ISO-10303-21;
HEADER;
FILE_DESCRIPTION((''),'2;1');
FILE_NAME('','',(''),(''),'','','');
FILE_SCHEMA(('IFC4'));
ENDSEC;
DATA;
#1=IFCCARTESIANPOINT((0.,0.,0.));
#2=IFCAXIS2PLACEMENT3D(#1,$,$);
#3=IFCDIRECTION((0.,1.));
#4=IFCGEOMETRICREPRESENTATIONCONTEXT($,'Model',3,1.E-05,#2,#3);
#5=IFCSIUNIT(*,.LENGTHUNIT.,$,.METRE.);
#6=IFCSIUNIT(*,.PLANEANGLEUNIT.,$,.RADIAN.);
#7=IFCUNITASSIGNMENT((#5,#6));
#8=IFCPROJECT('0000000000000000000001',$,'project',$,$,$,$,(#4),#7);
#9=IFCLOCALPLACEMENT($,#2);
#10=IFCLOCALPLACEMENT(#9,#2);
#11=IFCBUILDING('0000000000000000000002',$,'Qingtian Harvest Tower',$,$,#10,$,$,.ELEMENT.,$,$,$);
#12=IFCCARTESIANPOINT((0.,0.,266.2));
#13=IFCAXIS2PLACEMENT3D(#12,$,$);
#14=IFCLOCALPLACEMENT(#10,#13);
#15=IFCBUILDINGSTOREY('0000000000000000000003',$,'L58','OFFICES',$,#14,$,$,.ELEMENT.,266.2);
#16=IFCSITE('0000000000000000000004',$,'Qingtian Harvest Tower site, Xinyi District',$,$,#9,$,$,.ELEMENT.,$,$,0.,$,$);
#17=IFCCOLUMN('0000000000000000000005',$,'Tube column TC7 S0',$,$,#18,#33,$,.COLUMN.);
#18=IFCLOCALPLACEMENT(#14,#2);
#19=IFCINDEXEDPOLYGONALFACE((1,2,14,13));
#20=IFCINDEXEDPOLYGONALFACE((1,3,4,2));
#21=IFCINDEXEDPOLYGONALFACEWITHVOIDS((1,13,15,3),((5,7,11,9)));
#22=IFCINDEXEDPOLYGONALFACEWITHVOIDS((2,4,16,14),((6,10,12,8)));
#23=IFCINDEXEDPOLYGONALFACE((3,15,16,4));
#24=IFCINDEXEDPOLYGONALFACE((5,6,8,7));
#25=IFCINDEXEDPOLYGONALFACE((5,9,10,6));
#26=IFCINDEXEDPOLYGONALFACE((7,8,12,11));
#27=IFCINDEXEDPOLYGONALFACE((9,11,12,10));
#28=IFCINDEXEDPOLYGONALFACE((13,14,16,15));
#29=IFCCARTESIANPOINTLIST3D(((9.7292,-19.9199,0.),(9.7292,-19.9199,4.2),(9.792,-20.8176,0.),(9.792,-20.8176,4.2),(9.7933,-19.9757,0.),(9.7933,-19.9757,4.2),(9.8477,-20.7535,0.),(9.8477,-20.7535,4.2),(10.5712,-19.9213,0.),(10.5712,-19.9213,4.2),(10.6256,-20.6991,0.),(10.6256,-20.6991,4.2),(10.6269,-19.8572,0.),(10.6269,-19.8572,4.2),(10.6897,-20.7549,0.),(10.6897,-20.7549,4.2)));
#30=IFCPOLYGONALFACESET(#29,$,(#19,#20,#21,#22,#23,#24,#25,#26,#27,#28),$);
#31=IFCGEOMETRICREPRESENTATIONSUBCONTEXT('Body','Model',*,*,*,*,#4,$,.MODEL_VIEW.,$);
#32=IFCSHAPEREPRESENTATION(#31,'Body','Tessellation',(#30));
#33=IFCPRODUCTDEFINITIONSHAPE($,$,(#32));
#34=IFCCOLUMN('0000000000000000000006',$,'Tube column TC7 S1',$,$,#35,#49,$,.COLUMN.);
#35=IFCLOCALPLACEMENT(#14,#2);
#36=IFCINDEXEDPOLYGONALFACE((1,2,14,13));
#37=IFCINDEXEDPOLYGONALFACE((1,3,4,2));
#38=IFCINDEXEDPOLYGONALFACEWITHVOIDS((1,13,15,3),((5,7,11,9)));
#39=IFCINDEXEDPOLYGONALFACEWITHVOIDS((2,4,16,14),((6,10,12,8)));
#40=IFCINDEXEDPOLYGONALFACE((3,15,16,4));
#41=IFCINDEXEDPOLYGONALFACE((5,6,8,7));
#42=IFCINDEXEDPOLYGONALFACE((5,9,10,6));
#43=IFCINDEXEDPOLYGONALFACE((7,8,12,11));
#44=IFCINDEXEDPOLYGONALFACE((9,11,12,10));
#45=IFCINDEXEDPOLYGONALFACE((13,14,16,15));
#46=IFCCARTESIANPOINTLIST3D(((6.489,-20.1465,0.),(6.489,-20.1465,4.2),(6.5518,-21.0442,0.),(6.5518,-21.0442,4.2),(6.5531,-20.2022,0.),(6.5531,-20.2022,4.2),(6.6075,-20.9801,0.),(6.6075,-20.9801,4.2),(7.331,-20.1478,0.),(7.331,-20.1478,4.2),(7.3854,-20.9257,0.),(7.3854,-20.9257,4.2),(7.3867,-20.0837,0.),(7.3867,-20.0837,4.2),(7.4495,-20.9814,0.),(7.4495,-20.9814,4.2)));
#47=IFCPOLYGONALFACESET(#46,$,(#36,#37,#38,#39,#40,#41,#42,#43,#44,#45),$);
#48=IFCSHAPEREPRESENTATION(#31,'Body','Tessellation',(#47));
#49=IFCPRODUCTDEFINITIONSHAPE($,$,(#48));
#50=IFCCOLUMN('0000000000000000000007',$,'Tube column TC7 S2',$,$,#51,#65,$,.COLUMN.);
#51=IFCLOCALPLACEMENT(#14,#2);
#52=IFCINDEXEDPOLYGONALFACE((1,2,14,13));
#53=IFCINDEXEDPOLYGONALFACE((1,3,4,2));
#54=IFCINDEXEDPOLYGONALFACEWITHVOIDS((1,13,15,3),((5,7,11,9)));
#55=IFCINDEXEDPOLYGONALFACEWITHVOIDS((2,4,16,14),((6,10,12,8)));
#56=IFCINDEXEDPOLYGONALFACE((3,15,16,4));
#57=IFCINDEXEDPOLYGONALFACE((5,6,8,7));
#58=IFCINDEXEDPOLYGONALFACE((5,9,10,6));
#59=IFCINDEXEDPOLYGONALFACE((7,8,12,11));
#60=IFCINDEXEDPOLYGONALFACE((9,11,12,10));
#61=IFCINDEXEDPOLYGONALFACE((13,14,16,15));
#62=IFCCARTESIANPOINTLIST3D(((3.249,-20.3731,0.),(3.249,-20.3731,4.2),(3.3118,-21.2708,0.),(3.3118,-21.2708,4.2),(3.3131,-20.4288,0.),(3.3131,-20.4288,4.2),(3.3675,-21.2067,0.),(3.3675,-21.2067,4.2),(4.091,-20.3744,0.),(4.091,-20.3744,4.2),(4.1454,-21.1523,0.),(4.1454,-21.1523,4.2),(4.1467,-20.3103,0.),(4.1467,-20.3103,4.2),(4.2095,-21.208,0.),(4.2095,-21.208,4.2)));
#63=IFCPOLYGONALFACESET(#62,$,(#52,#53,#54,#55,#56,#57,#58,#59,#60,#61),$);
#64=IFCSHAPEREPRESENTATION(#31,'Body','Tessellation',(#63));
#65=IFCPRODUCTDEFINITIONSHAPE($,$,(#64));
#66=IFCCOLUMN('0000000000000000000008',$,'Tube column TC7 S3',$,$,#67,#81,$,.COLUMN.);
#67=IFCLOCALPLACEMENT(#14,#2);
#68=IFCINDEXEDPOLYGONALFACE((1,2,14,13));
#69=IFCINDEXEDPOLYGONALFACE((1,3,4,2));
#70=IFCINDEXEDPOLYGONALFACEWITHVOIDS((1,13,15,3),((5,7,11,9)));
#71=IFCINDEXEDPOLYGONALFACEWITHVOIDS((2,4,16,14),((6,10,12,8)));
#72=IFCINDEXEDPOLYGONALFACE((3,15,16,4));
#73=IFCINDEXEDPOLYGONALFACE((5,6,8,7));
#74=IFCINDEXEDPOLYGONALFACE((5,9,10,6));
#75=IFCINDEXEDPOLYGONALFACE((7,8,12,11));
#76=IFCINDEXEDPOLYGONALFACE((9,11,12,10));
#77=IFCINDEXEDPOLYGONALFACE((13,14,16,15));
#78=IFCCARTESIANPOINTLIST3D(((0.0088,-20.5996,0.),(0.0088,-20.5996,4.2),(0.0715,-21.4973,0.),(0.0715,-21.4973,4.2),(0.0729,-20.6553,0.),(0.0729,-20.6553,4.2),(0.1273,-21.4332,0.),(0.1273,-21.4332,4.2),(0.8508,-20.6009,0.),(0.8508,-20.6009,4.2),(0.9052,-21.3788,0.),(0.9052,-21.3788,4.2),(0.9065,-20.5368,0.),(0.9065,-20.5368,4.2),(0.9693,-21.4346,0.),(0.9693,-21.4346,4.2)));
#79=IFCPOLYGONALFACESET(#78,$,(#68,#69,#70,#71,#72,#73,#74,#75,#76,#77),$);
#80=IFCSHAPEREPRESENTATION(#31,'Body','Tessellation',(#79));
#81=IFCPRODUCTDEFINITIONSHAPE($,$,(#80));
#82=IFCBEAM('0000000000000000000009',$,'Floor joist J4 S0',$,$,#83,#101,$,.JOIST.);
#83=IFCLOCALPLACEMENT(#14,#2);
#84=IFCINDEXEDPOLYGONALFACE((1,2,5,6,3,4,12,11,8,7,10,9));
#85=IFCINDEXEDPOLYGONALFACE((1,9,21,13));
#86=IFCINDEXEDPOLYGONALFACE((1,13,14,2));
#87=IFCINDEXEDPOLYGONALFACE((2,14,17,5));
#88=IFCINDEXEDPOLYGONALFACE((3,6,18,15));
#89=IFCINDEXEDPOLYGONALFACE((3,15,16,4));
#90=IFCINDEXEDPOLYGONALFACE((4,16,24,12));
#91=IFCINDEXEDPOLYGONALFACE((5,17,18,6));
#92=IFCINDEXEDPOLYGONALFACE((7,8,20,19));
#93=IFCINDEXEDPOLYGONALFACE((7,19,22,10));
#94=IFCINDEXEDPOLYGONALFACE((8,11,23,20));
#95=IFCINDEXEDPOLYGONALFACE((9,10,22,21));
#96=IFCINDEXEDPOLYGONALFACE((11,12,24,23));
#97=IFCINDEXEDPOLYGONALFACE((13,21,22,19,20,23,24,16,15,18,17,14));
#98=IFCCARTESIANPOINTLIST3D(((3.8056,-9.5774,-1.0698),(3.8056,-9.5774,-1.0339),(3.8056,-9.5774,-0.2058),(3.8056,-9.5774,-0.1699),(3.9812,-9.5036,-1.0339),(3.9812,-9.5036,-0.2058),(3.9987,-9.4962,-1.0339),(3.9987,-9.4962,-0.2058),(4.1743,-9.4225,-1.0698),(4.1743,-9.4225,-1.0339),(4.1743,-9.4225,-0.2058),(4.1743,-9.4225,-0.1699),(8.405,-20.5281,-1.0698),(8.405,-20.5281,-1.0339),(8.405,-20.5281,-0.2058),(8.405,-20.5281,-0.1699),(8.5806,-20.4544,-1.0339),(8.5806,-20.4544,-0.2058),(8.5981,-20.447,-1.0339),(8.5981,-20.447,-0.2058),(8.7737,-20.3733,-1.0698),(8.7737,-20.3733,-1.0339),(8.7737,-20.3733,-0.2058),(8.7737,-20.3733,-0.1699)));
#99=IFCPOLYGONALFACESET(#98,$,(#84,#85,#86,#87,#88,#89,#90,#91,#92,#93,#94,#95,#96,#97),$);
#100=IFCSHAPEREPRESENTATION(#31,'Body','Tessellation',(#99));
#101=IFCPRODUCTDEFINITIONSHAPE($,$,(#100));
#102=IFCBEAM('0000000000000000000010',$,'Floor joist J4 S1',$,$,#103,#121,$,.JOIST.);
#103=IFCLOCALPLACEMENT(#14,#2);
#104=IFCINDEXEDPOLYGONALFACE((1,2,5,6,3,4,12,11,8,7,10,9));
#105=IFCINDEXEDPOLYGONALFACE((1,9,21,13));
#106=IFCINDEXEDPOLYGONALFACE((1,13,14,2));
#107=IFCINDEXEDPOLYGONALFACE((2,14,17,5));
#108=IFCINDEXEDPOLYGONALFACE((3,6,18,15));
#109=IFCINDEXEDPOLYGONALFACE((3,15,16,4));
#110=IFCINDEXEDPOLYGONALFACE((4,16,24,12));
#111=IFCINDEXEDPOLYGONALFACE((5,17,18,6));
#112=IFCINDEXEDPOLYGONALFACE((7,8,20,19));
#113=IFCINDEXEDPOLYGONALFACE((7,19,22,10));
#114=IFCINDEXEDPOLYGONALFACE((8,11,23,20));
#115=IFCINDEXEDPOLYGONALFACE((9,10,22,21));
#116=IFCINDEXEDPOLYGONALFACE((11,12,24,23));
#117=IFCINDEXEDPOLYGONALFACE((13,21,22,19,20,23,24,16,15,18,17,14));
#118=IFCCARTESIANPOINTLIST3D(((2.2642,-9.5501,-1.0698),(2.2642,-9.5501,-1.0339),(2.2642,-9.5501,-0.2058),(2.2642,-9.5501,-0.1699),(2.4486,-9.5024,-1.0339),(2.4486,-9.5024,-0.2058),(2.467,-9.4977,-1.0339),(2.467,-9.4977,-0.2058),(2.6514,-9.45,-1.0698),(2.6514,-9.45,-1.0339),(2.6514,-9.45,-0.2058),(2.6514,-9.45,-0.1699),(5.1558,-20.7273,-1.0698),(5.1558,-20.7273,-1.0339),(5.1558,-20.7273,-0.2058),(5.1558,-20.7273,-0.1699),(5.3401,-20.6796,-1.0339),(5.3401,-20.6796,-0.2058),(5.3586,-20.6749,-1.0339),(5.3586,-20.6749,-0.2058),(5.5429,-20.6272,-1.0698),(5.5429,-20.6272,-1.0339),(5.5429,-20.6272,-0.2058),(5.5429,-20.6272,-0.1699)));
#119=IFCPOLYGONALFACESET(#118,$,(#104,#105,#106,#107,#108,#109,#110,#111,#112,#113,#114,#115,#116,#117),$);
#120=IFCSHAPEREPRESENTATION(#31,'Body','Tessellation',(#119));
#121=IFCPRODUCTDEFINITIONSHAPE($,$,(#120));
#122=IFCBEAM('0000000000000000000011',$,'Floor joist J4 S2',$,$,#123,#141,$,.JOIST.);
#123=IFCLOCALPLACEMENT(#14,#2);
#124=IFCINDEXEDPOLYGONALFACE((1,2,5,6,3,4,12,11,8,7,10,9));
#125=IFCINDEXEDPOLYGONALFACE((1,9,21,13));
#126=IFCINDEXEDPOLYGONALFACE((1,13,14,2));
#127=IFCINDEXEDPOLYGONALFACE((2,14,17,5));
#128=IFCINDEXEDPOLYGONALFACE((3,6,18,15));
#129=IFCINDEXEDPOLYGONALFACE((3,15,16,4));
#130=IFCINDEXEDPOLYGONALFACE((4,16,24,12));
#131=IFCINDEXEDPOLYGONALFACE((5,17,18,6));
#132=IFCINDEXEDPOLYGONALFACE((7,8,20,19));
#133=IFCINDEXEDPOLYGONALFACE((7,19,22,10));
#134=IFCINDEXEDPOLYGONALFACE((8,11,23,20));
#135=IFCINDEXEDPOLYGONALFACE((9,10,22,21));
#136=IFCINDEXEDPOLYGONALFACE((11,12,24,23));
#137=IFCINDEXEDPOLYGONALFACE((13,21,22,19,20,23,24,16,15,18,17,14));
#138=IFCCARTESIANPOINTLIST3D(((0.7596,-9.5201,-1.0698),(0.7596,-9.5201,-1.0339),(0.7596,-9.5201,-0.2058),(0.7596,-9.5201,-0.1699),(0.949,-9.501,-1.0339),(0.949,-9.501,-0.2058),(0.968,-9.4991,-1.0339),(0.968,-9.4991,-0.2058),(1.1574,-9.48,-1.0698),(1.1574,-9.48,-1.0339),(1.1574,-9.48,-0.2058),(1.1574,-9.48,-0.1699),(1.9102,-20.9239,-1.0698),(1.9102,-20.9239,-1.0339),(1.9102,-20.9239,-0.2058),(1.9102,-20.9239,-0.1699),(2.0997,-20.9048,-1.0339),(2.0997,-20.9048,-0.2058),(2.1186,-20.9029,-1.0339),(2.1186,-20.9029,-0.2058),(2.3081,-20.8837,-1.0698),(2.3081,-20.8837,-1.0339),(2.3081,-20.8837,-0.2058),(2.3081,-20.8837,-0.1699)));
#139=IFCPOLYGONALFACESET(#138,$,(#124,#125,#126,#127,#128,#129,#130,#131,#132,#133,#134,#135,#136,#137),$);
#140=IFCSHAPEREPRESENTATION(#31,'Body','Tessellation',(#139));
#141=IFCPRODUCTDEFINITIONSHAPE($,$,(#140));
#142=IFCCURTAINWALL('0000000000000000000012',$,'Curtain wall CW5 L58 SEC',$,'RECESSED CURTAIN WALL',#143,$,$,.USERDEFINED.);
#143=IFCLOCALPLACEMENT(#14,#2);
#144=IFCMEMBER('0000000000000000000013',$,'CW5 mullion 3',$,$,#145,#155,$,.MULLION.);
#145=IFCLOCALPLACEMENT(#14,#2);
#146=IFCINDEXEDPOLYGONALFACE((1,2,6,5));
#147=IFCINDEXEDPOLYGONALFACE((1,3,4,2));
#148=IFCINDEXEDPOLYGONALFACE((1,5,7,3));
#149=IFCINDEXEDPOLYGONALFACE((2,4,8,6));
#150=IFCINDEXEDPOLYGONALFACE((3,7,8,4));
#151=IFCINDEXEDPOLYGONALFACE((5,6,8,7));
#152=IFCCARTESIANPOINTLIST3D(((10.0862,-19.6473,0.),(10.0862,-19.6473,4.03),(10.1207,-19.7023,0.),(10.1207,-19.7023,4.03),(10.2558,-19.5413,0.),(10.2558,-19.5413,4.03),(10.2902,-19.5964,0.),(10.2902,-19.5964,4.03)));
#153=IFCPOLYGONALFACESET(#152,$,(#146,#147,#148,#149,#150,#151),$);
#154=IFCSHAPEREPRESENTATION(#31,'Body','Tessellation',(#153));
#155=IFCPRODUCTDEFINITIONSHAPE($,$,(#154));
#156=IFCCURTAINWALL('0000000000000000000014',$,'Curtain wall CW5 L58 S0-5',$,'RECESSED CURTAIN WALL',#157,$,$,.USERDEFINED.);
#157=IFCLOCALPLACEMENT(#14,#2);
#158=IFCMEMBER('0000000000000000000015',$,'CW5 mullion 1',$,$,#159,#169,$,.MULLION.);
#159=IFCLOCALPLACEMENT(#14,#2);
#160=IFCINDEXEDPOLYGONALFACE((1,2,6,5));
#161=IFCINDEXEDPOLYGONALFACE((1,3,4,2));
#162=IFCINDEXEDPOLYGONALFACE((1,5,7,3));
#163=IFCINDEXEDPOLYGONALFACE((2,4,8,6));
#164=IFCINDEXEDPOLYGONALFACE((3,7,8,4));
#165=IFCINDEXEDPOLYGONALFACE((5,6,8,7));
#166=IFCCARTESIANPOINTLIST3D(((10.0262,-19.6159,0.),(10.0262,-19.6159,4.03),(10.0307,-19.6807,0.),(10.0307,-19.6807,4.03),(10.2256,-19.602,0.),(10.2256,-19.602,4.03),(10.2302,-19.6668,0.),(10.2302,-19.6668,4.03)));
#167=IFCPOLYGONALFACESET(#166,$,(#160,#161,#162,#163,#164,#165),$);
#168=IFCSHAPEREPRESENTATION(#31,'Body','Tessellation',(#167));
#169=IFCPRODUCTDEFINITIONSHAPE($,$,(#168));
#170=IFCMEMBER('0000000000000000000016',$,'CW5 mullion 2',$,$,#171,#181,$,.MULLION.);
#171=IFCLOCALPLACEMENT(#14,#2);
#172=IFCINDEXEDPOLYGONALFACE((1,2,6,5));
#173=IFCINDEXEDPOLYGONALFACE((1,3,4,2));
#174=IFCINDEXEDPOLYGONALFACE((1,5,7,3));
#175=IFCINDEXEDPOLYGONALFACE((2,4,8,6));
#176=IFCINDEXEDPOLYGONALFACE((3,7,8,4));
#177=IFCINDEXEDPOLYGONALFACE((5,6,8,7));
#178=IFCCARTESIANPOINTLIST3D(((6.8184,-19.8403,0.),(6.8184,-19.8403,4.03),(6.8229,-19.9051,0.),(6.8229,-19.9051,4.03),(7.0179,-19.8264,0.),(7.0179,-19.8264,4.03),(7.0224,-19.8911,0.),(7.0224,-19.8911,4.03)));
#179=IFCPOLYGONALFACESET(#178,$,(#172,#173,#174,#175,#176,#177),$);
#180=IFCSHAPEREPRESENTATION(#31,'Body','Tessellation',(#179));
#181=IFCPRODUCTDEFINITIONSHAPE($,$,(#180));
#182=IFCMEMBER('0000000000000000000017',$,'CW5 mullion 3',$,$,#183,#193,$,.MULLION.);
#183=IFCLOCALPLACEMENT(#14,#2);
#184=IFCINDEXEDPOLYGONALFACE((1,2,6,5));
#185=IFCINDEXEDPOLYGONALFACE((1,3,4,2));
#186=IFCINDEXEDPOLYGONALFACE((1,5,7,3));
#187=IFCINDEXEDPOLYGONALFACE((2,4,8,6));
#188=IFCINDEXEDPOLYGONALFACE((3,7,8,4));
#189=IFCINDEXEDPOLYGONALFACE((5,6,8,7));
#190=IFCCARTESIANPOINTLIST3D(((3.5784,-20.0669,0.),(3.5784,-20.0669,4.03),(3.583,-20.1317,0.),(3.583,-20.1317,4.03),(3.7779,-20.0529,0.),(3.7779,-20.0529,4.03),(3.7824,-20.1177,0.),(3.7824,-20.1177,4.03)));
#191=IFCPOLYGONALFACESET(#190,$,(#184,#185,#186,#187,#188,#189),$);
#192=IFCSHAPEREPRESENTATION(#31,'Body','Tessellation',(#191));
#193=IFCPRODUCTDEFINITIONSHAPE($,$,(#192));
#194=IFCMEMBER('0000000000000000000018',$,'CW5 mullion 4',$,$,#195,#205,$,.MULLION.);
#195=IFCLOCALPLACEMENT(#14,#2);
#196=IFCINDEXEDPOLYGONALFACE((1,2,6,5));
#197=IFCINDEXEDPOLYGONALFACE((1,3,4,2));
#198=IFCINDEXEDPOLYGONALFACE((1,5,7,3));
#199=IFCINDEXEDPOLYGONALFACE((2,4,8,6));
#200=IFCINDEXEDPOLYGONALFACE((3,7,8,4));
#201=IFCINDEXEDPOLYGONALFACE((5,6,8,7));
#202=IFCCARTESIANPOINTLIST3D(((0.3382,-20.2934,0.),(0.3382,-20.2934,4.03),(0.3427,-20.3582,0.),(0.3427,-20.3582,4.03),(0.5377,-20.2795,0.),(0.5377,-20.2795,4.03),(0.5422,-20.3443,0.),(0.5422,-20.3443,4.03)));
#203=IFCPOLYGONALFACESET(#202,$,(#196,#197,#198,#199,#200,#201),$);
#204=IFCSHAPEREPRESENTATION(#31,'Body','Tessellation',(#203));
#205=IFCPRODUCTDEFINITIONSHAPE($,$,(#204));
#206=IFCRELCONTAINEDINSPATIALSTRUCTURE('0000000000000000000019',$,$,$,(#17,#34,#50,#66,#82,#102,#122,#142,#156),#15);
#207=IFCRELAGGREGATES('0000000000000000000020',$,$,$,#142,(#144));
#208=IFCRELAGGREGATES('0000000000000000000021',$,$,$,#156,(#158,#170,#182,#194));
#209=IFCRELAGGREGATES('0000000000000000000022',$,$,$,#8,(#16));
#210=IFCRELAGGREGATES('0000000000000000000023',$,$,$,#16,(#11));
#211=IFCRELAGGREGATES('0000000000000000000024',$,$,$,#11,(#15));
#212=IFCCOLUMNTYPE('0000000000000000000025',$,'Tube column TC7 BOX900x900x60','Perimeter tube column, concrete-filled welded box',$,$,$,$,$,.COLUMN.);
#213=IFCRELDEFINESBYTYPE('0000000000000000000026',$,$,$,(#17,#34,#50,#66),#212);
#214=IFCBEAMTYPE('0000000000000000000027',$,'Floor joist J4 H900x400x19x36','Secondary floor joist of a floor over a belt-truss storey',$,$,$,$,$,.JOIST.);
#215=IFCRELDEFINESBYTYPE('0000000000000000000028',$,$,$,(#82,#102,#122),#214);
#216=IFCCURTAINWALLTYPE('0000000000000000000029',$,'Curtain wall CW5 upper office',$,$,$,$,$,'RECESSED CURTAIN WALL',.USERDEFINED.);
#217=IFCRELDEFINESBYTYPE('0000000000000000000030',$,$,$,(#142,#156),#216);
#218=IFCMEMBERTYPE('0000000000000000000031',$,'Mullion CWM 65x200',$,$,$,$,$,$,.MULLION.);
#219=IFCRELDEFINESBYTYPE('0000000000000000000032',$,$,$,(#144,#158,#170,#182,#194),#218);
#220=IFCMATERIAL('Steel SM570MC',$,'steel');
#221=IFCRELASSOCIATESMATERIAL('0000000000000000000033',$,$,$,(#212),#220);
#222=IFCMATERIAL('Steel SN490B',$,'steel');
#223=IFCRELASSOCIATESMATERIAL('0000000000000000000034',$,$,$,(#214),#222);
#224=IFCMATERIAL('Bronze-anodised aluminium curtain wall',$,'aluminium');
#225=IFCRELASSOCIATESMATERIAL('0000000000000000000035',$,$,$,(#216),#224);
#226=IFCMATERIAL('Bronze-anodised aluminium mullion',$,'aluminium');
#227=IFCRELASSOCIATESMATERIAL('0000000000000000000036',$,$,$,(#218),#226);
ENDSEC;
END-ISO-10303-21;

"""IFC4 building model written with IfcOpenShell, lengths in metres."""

from ifc_helpers import new_model, si_unit, direction, frame, origin, origin_2d, place, context, subcontext, project, spatial, rectangle, hollow_rectangle, i_section, extrude, material, material_profile, profile_set, type_object, element, aggregate, save


model = new_model("IFC4")

# Units and contexts
model_context = context("Model", 3, precision=1e-05, world=origin(), true_north=direction((0.0, 1.0)))
body_context = subcontext(model_context, "Body", "Model", "MODEL_VIEW")
ifc_project = project(units=[si_unit("LENGTHUNIT", "METRE"), si_unit("PLANEANGLEUNIT", "RADIAN")], contexts=[model_context])

# Site, building, storey
site_placement = place(None, origin())
site = spatial("IfcSite", under=ifc_project, at=site_placement, Name="Qingtian Harvest Tower site, Xinyi District", CompositionType="ELEMENT", RefElevation=0.0)
building_placement = place(site_placement, origin())
building = spatial("IfcBuilding", under=site, at=building_placement, Name="Qingtian Harvest Tower", CompositionType="ELEMENT")
storey_placement = place(building_placement, frame((0.0, 0.0, 266.2)))
storey = spatial("IfcBuildingStorey", under=building, at=storey_placement, Name="L58", Description="OFFICES", CompositionType="ELEMENT", Elevation=266.2)

# Columns
ifc_material_1 = material(Name="Steel SM570MC", Category="steel")
ifc_material_profile_1 = material_profile(ifc_material_1, hollow_rectangle(XDim=0.8999, YDim=0.8999, WallThickness=0.0601, at=origin_2d()), Name="BOX900x900x60")
ifc_profile_set_1 = profile_set([ifc_material_profile_1], Name="Steel SM570MC")
column_type = type_object("IfcColumnType", Name="Tube column TC7 BOX900x900x60", Description="Perimeter tube column, concrete-filled welded box", PredefinedType="COLUMN", material=ifc_profile_set_1)
for number, where, z_axis, x_axis, name in (
    (1, (10.2095, -20.3374, 0.0), (0.0, 0.0, 1.0), (0.997564, 0.069756, 0.0), "Tube column TC7 S0"),
    (2, (6.9692, -20.564, 0.0), (0.0, 0.0, 1.0), (0.997564, 0.069756, 0.0), "Tube column TC7 S1"),
    (3, (3.7292, -20.7905, 0.0), (0.0, 0.0, 1.0), (0.997564, 0.069756, 0.0), "Tube column TC7 S2"),
    (4, (0.489, -21.0171, 0.0), (0.0, 0.0, 1.0), (0.997564, 0.069756, 0.0), "Tube column TC7 S3"),
):
    element("IfcColumn", number, at=place(storey_placement, frame(where, z_axis=z_axis, x_axis=x_axis)), inside=storey, type_object=column_type, Name=name, PredefinedType="COLUMN", context=body_context, shape_type="SweptSolid", body=[
        extrude(hollow_rectangle(XDim=0.8999, YDim=0.8999, WallThickness=0.0601, at=origin_2d()), origin(), (0.0, 0.0, 1.0), 4.2),
    ])

# Beams
ifc_material_2 = material(Name="Steel SN490B", Category="steel")
ifc_material_profile_2 = material_profile(ifc_material_2, i_section(OverallWidth=0.3999, OverallDepth=0.8999, WebThickness=0.019, FlangeThickness=0.0359, at=origin_2d()), Name="H900x400x19x36")
ifc_profile_set_2 = profile_set([ifc_material_profile_2], Name="Steel SN490B")
beam_type_1 = type_object("IfcBeamType", Name="Floor joist J4 H900x400x19x36", Description="Secondary floor joist of a floor over a belt-truss storey", PredefinedType="JOIST", material=ifc_profile_set_2)
beam_1_placement = place(storey_placement, frame((8.5894, -20.4507, -0.6199), z_axis=(-0.387238, 0.92198, 0.0), x_axis=(-0.92198, -0.387238, 0.0)))
element("IfcBeam", 5, at=beam_1_placement, inside=storey, type_object=beam_type_1, Name="Floor joist J4 S0", PredefinedType="JOIST", context=body_context, shape_type="SweptSolid", body=[
    extrude(i_section(OverallWidth=0.3999, OverallDepth=0.8999, WebThickness=0.019, FlangeThickness=0.0359, at=origin_2d()), origin(), (0.0, 0.0, 1.0), 11.8774),
])
beam_2_placement = place(storey_placement, frame((5.3494, -20.6772, -0.6199), z_axis=(-0.250459, 0.968127, 0.0), x_axis=(-0.968127, -0.250459, 0.0)))
element("IfcBeam", 6, at=beam_2_placement, inside=storey, type_object=beam_type_1, Name="Floor joist J4 S1", PredefinedType="JOIST", context=body_context, shape_type="SweptSolid", body=[
    extrude(i_section(OverallWidth=0.3999, OverallDepth=0.8999, WebThickness=0.019, FlangeThickness=0.0359, at=origin_2d()), origin(), (0.0, 0.0, 1.0), 11.5452),
])
beam_3_placement = place(storey_placement, frame((2.1091, -20.9038, -0.6199), z_axis=(-0.100389, 0.994948, 0.0), x_axis=(-0.994948, -0.100389, 0.0)))
element("IfcBeam", 7, at=beam_3_placement, inside=storey, type_object=beam_type_1, Name="Floor joist J4 S2", PredefinedType="JOIST", context=body_context, shape_type="SweptSolid", body=[
    extrude(i_section(OverallWidth=0.3999, OverallDepth=0.8999, WebThickness=0.019, FlangeThickness=0.0359, at=origin_2d()), origin(), (0.0, 0.0, 1.0), 11.4617),
])

# Curtain wall, member
ifc_material_3 = material(Name="Bronze-anodised aluminium curtain wall", Category="aluminium")
curtain_wall_type = type_object("IfcCurtainWallType", Name="Curtain wall CW5 upper office", ElementType="RECESSED CURTAIN WALL", PredefinedType="USERDEFINED", material=ifc_material_3)
curtain_wall_1_placement = place(storey_placement, origin())
curtain_wall_1 = element("IfcCurtainWall", 8, at=curtain_wall_1_placement, inside=storey, type_object=curtain_wall_type, Name="Curtain wall CW5 L58 SEC", ObjectType="RECESSED CURTAIN WALL", PredefinedType="USERDEFINED")
ifc_material_4 = material(Name="Bronze-anodised aluminium mullion", Category="aluminium")
ifc_material_profile_3 = material_profile(ifc_material_4, rectangle(XDim=0.0649, YDim=0.2, at=origin_2d()), Name="AL 65x200")
ifc_profile_set_3 = profile_set([ifc_material_profile_3], Name="Bronze-anodised aluminium mullion")
member_type_1 = type_object("IfcMemberType", Name="Mullion CWM 65x200", PredefinedType="MULLION", material=ifc_profile_set_3)
member_1_placement = place(storey_placement, frame((10.1882, -19.6218, 0.0), z_axis=(0.0, 0.0, 1.0), x_axis=(0.529919, -0.848048, 0.0)))
member_1 = element("IfcMember", 9, at=member_1_placement, type_object=member_type_1, Name="CW5 mullion 3", PredefinedType="MULLION", context=body_context, shape_type="SweptSolid", body=[
    extrude(rectangle(XDim=0.0649, YDim=0.2, at=origin_2d()), origin(), (0.0, 0.0, 1.0), 4.03),
])

# Curtain wall, members
curtain_wall_2_placement = place(storey_placement, origin())
curtain_wall_2 = element("IfcCurtainWall", 10, at=curtain_wall_2_placement, inside=storey, type_object=curtain_wall_type, Name="Curtain wall CW5 L58 S0-5", ObjectType="RECESSED CURTAIN WALL", PredefinedType="USERDEFINED")
member_2_placement = place(storey_placement, frame((10.1282, -19.6414, 0.0), z_axis=(0.0, 0.0, 1.0), x_axis=(0.069756, -0.997564, 0.0)))
member_2 = element("IfcMember", 11, at=member_2_placement, type_object=member_type_1, Name="CW5 mullion 1", PredefinedType="MULLION", context=body_context, shape_type="SweptSolid", body=[
    extrude(rectangle(XDim=0.0649, YDim=0.2, at=origin_2d()), origin(), (0.0, 0.0, 1.0), 4.03),
])
member_3_placement = place(storey_placement, frame((6.9204, -19.8657, 0.0), z_axis=(0.0, 0.0, 1.0), x_axis=(0.069756, -0.997564, 0.0)))
member_3 = element("IfcMember", 12, at=member_3_placement, type_object=member_type_1, Name="CW5 mullion 2", PredefinedType="MULLION", context=body_context, shape_type="SweptSolid", body=[
    extrude(rectangle(XDim=0.0649, YDim=0.2, at=origin_2d()), origin(), (0.0, 0.0, 1.0), 4.03),
])
member_4_placement = place(storey_placement, frame((3.6804, -20.0923, 0.0), z_axis=(0.0, 0.0, 1.0), x_axis=(0.069756, -0.997564, 0.0)))
member_4 = element("IfcMember", 13, at=member_4_placement, type_object=member_type_1, Name="CW5 mullion 3", PredefinedType="MULLION", context=body_context, shape_type="SweptSolid", body=[
    extrude(rectangle(XDim=0.0649, YDim=0.2, at=origin_2d()), origin(), (0.0, 0.0, 1.0), 4.03),
])
member_5_placement = place(storey_placement, frame((0.4402, -20.3188, 0.0), z_axis=(0.0, 0.0, 1.0), x_axis=(0.069756, -0.997564, 0.0)))
member_5 = element("IfcMember", 14, at=member_5_placement, type_object=member_type_1, Name="CW5 mullion 4", PredefinedType="MULLION", context=body_context, shape_type="SweptSolid", body=[
    extrude(rectangle(XDim=0.0649, YDim=0.2, at=origin_2d()), origin(), (0.0, 0.0, 1.0), 4.03),
])

aggregate(curtain_wall_1, [member_1])
aggregate(curtain_wall_2, [member_2, member_3, member_4, member_5])

save(model, "model.ifc")
